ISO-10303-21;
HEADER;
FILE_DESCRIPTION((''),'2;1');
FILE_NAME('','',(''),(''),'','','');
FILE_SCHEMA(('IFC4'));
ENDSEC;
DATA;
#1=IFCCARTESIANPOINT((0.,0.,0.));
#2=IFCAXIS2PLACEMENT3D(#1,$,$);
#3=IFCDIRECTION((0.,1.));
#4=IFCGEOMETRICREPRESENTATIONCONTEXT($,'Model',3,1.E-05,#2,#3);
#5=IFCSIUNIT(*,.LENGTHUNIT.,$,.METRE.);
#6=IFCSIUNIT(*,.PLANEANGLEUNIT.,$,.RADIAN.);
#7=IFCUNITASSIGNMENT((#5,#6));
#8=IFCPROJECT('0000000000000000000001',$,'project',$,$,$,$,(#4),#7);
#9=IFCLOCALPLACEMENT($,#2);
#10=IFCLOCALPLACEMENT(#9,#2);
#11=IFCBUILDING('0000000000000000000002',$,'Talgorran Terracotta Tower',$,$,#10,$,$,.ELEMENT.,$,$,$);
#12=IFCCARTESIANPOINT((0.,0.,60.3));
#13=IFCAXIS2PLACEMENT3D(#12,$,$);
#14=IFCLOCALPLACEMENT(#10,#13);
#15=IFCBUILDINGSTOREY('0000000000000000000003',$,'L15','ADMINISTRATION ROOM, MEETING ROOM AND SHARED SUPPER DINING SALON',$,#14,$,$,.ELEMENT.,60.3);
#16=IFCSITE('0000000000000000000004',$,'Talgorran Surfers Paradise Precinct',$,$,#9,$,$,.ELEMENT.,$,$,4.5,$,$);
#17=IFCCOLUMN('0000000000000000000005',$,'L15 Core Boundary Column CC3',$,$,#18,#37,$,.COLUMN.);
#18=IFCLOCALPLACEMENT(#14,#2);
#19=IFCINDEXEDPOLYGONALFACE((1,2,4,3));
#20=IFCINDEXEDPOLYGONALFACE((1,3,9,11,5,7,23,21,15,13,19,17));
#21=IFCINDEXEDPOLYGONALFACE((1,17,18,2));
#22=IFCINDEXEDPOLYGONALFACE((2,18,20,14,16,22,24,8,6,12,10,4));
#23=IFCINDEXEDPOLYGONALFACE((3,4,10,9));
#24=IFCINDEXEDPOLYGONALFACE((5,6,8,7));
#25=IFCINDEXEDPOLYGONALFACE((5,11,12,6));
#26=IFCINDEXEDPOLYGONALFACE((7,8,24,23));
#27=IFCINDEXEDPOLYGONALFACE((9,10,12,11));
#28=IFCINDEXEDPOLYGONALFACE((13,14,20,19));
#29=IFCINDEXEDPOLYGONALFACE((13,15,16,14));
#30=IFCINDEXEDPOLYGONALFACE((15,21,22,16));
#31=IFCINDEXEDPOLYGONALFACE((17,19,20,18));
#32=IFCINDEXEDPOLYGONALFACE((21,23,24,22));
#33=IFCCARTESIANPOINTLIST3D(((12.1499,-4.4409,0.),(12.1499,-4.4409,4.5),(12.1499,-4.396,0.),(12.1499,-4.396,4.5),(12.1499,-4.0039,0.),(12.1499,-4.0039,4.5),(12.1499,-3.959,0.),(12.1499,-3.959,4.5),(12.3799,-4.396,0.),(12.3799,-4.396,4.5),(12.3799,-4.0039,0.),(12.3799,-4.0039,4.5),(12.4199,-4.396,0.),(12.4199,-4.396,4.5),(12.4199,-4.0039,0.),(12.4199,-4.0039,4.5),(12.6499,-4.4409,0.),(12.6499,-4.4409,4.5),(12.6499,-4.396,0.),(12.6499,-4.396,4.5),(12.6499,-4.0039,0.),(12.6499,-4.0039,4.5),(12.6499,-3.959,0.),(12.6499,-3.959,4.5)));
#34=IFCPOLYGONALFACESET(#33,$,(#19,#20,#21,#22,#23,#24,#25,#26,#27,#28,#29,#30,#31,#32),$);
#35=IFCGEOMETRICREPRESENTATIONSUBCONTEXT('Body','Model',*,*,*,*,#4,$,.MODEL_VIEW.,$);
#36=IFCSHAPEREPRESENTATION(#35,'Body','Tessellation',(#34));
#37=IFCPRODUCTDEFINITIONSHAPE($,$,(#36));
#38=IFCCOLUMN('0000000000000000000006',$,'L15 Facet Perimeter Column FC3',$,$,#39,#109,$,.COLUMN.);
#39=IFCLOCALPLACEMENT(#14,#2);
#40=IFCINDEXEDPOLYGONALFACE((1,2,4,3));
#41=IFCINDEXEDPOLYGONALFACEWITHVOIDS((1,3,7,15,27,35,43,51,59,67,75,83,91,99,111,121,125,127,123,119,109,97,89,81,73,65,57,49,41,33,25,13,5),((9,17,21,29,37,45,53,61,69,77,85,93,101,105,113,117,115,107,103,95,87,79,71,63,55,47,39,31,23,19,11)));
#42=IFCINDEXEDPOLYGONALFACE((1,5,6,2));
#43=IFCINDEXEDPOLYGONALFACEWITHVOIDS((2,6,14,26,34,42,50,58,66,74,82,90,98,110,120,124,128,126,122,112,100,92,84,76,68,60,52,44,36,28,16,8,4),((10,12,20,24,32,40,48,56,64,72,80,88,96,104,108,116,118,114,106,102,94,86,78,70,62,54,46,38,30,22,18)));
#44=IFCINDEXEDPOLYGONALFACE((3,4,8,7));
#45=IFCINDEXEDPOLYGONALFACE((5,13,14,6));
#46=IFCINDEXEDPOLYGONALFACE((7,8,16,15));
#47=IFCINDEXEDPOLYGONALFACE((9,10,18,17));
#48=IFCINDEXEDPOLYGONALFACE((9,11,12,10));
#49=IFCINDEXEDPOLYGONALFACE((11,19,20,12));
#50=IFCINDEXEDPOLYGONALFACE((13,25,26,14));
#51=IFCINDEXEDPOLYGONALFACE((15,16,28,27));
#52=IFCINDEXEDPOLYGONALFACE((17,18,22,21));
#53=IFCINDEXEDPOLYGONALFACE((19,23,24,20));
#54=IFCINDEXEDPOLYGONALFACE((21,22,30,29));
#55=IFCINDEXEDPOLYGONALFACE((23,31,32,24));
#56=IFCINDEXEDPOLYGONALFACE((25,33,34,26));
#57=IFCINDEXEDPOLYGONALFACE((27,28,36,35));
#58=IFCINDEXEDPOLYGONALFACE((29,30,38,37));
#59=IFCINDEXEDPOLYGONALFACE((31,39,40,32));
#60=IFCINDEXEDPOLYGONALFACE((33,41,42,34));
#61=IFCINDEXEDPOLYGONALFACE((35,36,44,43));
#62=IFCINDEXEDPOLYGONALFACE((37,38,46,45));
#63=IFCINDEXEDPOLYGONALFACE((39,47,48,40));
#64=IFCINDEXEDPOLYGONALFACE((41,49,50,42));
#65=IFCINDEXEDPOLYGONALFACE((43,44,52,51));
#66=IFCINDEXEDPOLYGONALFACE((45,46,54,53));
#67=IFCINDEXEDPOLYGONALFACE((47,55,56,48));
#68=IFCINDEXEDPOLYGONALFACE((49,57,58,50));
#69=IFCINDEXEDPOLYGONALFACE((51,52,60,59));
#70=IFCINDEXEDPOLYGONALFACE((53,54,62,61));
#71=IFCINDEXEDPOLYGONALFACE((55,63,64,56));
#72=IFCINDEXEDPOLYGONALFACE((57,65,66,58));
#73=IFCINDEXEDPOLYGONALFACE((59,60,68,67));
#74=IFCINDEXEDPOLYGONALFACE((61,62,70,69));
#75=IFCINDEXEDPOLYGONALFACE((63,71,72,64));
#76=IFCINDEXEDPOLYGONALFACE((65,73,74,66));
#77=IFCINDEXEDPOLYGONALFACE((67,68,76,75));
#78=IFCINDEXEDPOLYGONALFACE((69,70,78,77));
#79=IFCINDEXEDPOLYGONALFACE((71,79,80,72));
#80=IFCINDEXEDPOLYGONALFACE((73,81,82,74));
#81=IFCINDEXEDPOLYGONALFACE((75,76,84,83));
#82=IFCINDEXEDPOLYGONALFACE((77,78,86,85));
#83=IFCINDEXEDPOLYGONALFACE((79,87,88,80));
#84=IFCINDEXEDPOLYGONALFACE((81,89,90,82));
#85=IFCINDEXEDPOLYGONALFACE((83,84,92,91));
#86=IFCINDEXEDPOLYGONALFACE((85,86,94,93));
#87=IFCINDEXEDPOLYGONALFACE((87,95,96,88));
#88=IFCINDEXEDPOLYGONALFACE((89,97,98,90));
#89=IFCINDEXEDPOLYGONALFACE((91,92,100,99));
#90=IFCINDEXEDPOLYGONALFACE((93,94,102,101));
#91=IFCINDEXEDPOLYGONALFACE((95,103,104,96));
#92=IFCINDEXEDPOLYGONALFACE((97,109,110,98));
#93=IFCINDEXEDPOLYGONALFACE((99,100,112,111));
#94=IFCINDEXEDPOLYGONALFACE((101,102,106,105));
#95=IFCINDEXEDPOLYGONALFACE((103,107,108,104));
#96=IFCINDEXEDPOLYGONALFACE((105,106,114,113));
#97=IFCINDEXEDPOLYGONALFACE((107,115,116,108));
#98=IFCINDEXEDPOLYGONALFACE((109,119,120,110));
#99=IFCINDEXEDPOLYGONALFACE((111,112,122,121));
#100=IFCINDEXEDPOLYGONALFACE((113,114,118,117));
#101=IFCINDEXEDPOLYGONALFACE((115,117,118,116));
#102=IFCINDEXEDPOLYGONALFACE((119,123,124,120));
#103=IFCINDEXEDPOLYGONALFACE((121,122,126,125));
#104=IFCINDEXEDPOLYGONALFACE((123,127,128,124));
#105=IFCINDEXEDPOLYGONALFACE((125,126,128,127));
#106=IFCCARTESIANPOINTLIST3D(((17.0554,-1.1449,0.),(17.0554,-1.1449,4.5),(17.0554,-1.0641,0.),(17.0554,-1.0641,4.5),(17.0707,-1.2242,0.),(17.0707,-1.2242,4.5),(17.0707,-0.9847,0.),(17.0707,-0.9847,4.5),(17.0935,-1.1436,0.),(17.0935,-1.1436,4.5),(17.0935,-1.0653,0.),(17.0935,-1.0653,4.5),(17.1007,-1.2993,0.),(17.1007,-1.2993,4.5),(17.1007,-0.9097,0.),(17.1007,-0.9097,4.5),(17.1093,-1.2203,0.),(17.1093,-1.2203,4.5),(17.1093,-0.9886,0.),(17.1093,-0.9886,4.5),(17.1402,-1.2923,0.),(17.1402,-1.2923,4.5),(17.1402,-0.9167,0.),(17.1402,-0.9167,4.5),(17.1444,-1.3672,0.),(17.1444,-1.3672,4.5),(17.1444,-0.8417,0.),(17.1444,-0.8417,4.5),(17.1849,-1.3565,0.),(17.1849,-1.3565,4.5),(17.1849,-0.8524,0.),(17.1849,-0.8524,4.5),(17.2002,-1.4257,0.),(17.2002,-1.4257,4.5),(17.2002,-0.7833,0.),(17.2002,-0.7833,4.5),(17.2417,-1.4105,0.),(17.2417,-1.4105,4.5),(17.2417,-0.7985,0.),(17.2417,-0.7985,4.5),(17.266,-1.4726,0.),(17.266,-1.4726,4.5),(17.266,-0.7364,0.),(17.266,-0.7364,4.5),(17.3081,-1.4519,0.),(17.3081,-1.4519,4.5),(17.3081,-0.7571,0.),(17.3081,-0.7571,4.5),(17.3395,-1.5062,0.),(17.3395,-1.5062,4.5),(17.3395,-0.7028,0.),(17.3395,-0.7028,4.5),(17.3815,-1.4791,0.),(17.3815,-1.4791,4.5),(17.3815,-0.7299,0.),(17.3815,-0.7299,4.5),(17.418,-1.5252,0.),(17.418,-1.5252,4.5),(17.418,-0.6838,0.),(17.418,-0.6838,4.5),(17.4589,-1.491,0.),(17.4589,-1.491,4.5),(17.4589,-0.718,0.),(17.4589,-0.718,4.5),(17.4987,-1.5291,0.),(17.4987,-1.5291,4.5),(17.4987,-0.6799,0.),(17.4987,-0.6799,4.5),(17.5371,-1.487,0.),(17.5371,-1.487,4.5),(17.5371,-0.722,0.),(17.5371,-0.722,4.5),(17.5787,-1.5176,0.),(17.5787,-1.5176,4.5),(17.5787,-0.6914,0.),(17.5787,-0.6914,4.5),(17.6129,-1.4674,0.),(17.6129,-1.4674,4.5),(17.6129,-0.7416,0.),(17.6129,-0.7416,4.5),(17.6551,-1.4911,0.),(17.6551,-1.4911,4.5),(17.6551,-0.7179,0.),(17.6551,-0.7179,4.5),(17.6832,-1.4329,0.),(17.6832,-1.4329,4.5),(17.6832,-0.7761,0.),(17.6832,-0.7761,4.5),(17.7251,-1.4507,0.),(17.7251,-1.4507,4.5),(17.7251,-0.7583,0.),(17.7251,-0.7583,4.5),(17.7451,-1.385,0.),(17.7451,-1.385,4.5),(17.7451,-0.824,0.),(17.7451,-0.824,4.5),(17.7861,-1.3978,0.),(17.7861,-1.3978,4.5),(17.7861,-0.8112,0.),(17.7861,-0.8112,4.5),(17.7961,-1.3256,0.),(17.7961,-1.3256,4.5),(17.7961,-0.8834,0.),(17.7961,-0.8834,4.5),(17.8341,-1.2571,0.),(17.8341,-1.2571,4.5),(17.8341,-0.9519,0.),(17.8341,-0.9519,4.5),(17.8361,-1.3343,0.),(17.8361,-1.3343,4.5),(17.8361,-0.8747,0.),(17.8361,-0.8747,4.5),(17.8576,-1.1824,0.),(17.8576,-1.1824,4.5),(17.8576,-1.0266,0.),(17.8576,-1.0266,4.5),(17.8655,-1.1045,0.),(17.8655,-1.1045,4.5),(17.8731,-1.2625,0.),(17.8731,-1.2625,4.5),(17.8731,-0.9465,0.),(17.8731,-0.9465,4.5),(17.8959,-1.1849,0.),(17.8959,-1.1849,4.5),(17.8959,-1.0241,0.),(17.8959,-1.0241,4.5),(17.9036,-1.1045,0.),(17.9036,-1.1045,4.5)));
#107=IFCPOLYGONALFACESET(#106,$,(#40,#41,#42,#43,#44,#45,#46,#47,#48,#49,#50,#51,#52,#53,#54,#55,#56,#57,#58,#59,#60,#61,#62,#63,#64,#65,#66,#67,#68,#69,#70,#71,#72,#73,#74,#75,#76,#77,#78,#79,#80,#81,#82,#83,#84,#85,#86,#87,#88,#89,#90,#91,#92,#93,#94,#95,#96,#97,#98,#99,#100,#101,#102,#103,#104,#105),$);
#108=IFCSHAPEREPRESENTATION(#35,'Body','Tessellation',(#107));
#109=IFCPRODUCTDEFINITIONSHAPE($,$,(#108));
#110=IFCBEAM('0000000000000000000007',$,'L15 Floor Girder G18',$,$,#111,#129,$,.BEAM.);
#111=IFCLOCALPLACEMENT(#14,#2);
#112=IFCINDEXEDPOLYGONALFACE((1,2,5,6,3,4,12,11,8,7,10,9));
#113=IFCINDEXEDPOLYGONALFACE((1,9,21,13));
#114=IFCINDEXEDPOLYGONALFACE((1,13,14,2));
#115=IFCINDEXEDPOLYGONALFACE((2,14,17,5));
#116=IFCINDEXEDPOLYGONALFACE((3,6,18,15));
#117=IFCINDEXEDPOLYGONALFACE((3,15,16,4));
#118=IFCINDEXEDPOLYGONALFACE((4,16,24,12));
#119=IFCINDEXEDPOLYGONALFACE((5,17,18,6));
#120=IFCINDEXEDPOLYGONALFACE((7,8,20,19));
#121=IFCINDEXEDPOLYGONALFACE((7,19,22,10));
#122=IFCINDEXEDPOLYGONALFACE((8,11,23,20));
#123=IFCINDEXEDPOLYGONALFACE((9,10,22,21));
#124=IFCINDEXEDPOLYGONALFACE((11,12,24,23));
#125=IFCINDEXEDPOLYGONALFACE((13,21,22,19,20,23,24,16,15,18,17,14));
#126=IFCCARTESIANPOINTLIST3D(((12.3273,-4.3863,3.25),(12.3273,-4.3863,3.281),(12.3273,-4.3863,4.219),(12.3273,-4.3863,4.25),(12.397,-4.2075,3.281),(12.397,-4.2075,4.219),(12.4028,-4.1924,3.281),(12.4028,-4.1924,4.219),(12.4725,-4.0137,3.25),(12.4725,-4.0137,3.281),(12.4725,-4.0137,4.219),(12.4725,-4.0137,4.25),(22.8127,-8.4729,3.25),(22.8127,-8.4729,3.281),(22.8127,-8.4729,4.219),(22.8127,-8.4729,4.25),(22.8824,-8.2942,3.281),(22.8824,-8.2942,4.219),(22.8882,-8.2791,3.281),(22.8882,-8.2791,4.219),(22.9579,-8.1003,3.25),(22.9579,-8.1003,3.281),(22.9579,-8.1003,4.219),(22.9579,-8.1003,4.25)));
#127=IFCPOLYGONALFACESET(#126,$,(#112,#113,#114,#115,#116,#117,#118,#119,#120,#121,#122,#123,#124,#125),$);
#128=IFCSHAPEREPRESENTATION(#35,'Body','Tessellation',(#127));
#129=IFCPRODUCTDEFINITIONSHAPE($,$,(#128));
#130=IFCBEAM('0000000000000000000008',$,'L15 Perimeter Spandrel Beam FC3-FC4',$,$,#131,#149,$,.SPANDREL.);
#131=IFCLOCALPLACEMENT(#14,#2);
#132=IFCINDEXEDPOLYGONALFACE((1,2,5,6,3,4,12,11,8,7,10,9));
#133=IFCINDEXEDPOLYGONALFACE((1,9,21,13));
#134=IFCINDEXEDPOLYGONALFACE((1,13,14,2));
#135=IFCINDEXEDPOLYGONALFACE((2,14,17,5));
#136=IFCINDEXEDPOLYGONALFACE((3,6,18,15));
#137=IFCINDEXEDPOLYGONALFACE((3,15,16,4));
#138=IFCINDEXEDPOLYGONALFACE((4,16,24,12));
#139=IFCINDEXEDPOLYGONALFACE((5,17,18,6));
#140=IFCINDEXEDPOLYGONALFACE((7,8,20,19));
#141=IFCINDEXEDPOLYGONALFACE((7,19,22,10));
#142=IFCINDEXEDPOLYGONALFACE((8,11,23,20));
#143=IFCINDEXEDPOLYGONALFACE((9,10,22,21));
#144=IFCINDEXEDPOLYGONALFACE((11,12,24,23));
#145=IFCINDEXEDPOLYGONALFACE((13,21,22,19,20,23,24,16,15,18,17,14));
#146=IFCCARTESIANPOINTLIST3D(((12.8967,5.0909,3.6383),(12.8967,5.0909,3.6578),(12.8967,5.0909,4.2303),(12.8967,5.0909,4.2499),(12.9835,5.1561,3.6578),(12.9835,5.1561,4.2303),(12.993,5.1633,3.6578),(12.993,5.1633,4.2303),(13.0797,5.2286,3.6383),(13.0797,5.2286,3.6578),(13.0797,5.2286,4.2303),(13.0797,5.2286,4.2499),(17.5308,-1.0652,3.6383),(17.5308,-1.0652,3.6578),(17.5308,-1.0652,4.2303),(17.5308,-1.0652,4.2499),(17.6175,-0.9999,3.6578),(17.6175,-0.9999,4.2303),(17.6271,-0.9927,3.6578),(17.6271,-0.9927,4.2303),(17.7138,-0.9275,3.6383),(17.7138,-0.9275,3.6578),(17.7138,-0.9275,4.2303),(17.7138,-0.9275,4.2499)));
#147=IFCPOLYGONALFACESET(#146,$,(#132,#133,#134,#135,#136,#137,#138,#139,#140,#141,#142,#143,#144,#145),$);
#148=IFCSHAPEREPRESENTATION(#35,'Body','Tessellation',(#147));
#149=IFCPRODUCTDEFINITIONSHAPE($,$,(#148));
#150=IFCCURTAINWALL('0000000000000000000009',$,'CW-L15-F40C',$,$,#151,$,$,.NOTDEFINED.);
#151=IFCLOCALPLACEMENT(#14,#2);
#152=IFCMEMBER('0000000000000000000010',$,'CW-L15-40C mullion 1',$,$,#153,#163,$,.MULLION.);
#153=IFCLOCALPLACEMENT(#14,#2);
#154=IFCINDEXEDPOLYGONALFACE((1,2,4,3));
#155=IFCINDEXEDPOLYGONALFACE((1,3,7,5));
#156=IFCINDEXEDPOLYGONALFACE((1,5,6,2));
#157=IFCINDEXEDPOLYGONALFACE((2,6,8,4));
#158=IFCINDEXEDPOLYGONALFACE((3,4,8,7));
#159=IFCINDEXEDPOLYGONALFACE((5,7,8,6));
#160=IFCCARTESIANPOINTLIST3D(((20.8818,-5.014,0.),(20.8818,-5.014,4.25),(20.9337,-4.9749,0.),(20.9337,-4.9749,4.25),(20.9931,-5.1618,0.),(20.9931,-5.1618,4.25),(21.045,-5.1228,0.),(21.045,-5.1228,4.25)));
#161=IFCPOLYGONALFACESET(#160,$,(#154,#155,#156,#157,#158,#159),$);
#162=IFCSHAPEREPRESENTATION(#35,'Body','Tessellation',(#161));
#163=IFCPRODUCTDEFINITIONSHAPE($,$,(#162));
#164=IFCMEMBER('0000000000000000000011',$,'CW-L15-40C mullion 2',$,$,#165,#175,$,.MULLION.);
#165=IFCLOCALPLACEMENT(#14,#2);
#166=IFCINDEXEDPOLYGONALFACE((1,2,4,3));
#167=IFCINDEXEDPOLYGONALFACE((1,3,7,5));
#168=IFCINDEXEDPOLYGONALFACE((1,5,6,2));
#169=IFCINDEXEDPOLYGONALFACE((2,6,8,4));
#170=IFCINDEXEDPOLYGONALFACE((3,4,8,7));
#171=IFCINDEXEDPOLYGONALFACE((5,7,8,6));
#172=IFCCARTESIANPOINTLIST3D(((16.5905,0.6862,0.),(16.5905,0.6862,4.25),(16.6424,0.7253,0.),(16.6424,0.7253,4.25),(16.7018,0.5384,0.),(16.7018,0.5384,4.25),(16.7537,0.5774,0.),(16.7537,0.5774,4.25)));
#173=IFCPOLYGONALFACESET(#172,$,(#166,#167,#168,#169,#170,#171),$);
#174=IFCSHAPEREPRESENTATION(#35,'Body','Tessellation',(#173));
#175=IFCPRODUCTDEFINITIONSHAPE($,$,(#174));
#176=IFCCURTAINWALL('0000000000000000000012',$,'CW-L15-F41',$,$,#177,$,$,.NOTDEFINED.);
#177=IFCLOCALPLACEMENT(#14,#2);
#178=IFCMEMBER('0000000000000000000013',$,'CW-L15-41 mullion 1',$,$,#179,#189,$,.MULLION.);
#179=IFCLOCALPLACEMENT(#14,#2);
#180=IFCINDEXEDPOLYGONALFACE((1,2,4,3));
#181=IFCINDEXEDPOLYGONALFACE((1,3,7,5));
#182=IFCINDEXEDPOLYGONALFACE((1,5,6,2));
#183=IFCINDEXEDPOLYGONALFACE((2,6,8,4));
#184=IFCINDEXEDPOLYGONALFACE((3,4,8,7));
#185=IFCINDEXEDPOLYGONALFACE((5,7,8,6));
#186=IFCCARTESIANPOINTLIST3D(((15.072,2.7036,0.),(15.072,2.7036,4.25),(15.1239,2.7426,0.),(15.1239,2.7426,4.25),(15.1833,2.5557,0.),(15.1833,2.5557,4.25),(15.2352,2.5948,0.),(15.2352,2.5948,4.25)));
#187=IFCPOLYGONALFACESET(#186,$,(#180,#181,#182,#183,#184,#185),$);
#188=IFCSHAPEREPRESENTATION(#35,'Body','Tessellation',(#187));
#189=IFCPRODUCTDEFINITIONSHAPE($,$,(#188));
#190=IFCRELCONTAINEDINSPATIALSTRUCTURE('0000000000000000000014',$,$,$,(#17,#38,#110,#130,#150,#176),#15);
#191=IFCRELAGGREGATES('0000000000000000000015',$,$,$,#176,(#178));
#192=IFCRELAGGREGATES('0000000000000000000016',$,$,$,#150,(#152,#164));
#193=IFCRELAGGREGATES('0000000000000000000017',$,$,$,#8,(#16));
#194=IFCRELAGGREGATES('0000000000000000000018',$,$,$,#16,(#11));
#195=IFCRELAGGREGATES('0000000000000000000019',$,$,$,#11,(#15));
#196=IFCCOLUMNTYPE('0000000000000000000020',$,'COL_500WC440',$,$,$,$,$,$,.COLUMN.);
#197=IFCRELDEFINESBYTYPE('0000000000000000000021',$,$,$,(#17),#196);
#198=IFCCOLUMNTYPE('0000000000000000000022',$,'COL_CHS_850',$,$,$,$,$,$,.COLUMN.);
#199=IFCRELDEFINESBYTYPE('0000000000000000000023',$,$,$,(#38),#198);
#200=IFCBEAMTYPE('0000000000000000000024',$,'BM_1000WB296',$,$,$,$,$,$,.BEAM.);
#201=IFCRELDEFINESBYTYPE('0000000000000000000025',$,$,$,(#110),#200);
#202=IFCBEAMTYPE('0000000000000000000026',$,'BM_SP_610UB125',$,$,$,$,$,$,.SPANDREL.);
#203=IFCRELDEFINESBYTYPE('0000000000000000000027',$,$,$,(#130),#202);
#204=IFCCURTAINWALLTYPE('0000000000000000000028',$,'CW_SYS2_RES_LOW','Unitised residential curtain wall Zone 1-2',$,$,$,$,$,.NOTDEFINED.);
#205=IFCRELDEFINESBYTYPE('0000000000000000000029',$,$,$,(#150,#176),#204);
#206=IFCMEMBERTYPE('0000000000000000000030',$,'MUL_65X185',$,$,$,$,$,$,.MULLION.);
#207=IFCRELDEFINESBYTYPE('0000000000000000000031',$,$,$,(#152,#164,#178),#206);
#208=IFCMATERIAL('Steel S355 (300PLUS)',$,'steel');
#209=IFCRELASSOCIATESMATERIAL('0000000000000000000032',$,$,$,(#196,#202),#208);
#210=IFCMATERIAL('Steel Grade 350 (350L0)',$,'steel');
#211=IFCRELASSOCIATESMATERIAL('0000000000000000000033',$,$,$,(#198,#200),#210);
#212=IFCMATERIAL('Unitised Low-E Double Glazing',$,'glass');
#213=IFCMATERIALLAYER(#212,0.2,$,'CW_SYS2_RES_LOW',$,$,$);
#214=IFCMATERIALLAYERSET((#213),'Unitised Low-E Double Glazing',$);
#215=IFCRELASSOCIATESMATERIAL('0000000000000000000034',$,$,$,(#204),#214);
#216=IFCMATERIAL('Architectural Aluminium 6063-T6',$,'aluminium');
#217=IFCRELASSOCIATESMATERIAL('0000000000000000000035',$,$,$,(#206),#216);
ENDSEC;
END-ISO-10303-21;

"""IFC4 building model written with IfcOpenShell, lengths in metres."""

from ifc_helpers import new_model, si_unit, direction, frame, origin, origin_2d, place, context, subcontext, project, spatial, rectangle, hollow_circle, i_section, extrude, material, layer, layer_set, material_profile, profile_set, type_object, element, aggregate, save


model = new_model("IFC4")

# Units and contexts
model_context = context("Model", 3, precision=1e-05, world=origin(), true_north=direction((0.0, 1.0)))
body_context = subcontext(model_context, "Body", "Model", "MODEL_VIEW")
ifc_project = project(units=[si_unit("LENGTHUNIT", "METRE"), si_unit("PLANEANGLEUNIT", "RADIAN")], contexts=[model_context])

# Site, building, storey
site_placement = place(None, origin())
site = spatial("IfcSite", under=ifc_project, at=site_placement, Name="Talgorran Surfers Paradise Precinct", CompositionType="ELEMENT", RefElevation=4.5)
building_placement = place(site_placement, origin())
building = spatial("IfcBuilding", under=site, at=building_placement, Name="Talgorran Terracotta Tower", CompositionType="ELEMENT")
storey_placement = place(building_placement, frame((0.0, 0.0, 60.3)))
storey = spatial("IfcBuildingStorey", under=building, at=storey_placement, Name="L15", Description="ADMINISTRATION ROOM, MEETING ROOM AND SHARED SUPPER DINING SALON", CompositionType="ELEMENT", Elevation=60.3)

# Columns
ifc_material_1 = material(Name="Steel S355 (300PLUS)", Category="steel")
ifc_material_profile_1 = material_profile(ifc_material_1, i_section(OverallWidth=0.5, OverallDepth=0.4819, WebThickness=0.04, FlangeThickness=0.0449, at=origin_2d()), Name="500WC440")
ifc_profile_set_1 = profile_set([ifc_material_profile_1], Name="Steel S355 (300PLUS)")
column_type_1 = type_object("IfcColumnType", Name="COL_500WC440", PredefinedType="COLUMN", material=ifc_profile_set_1)
column_1_placement = place(storey_placement, frame((12.3999, -4.2, 0.0), z_axis=(0.0, 0.0, 1.0), x_axis=(1.0, 0.0, 0.0)))
element("IfcColumn", 1, at=column_1_placement, inside=storey, type_object=column_type_1, Name="L15 Core Boundary Column CC3", PredefinedType="COLUMN", context=body_context, shape_type="SweptSolid", body=[
    extrude(i_section(OverallWidth=0.5, OverallDepth=0.4819, WebThickness=0.04, FlangeThickness=0.0449, at=origin_2d()), origin(), (0.0, 0.0, 1.0), 4.5),
])
ifc_material_2 = material(Name="Steel Grade 350 (350L0)", Category="steel")
ifc_material_profile_2 = material_profile(ifc_material_2, hollow_circle(Radius=0.425, WallThickness=0.0381, at=origin_2d()), Name="CHS850X38")
ifc_profile_set_2 = profile_set([ifc_material_profile_2], Name="Steel Grade 350 (350L0)")
column_type_2 = type_object("IfcColumnType", Name="COL_CHS_850", PredefinedType="COLUMN", material=ifc_profile_set_2)
column_2_placement = place(storey_placement, frame((17.4785, -1.1045, 0.0), z_axis=(0.0, 0.0, 1.0), x_axis=(1.0, 0.0, 0.0)))
element("IfcColumn", 2, at=column_2_placement, inside=storey, type_object=column_type_2, Name="L15 Facet Perimeter Column FC3", PredefinedType="COLUMN", context=body_context, shape_type="SweptSolid", body=[
    extrude(hollow_circle(Radius=0.425, WallThickness=0.0381, at=origin_2d()), origin(), (0.0, 0.0, 1.0), 4.5),
])

# Beams
ifc_material_profile_3 = material_profile(ifc_material_2, i_section(OverallWidth=0.3999, OverallDepth=1.0, WebThickness=0.0161, FlangeThickness=0.031, at=origin_2d()), Name="1000WB296")
ifc_profile_set_3 = profile_set([ifc_material_profile_3], Name="Steel Grade 350 (350L0)")
beam_type_1 = type_object("IfcBeamType", Name="BM_1000WB296", PredefinedType="BEAM", material=ifc_profile_set_3)
beam_1_placement = place(storey_placement, frame((12.3999, -4.2, 3.75), z_axis=(0.931733, -0.363143, 0.0), x_axis=(0.363143, 0.931733, 0.0)))
element("IfcBeam", 3, at=beam_1_placement, inside=storey, type_object=beam_type_1, Name="L15 Floor Girder G18", PredefinedType="BEAM", context=body_context, shape_type="SweptSolid", body=[
    extrude(i_section(OverallWidth=0.3999, OverallDepth=1.0, WebThickness=0.0161, FlangeThickness=0.031, at=origin_2d()), origin(), (0.0, 0.0, 1.0), 11.2537),
])
ifc_material_profile_4 = material_profile(ifc_material_1, i_section(OverallWidth=0.229, OverallDepth=0.6116, WebThickness=0.012, FlangeThickness=0.0195, at=origin_2d()), Name="610UB125")
ifc_profile_set_4 = profile_set([ifc_material_profile_4], Name="Steel S355 (300PLUS)")
beam_type_2 = type_object("IfcBeamType", Name="BM_SP_610UB125", PredefinedType="SPANDREL", material=ifc_profile_set_4)
beam_2_placement = place(storey_placement, frame((17.6223, -0.9963, 3.9441), z_axis=(-0.601413, 0.798938, 0.0), x_axis=(-0.798938, -0.601413, 0.0)))
element("IfcBeam", 4, at=beam_2_placement, inside=storey, type_object=beam_type_2, Name="L15 Perimeter Spandrel Beam FC3-FC4", PredefinedType="SPANDREL", context=body_context, shape_type="SweptSolid", body=[
    extrude(i_section(OverallWidth=0.229, OverallDepth=0.6116, WebThickness=0.012, FlangeThickness=0.0195, at=origin_2d()), origin(), (0.0, 0.0, 1.0), 7.7053),
])

# Curtain wall, members
ifc_material_3 = material(Name="Unitised Low-E Double Glazing", Category="glass")
ifc_layer_1 = layer(ifc_material_3, 0.2, Name="CW_SYS2_RES_LOW")
ifc_layer_set_1 = layer_set([ifc_layer_1], Name="Unitised Low-E Double Glazing")
curtain_wall_type = type_object("IfcCurtainWallType", Name="CW_SYS2_RES_LOW", Description="Unitised residential curtain wall Zone 1-2", PredefinedType="NOTDEFINED", material=ifc_layer_set_1)
curtain_wall_1_placement = place(storey_placement, origin())
curtain_wall_1 = element("IfcCurtainWall", 5, at=curtain_wall_1_placement, inside=storey, type_object=curtain_wall_type, Name="CW-L15-F40C", PredefinedType="NOTDEFINED")
ifc_material_4 = material(Name="Architectural Aluminium 6063-T6", Category="aluminium")
ifc_material_profile_5 = material_profile(ifc_material_4, rectangle(XDim=0.0649, YDim=0.1851, at=origin_2d()), Name="CWM65X185")
ifc_profile_set_5 = profile_set([ifc_material_profile_5], Name="Architectural Aluminium 6063-T6")
member_type_1 = type_object("IfcMemberType", Name="MUL_65X185", PredefinedType="MULLION", material=ifc_profile_set_5)
member_1_placement = place(storey_placement, frame((20.9634, -5.0684, 0.0), z_axis=(0.0, 0.0, 1.0), x_axis=(-0.798915, -0.601443, 0.0)))
member_1 = element("IfcMember", 6, at=member_1_placement, type_object=member_type_1, Name="CW-L15-40C mullion 1", PredefinedType="MULLION", context=body_context, shape_type="SweptSolid", body=[
    extrude(rectangle(XDim=0.0649, YDim=0.1851, at=origin_2d()), origin(), (0.0, 0.0, 1.0), 4.25),
])
member_2_placement = place(storey_placement, frame((16.6721, 0.6318, 0.0), z_axis=(0.0, 0.0, 1.0), x_axis=(-0.798915, -0.601443, 0.0)))
member_2 = element("IfcMember", 7, at=member_2_placement, type_object=member_type_1, Name="CW-L15-40C mullion 2", PredefinedType="MULLION", context=body_context, shape_type="SweptSolid", body=[
    extrude(rectangle(XDim=0.0649, YDim=0.1851, at=origin_2d()), origin(), (0.0, 0.0, 1.0), 4.25),
])

# Curtain wall, member
curtain_wall_2_placement = place(storey_placement, origin())
curtain_wall_2 = element("IfcCurtainWall", 8, at=curtain_wall_2_placement, inside=storey, type_object=curtain_wall_type, Name="CW-L15-F41", PredefinedType="NOTDEFINED")
member_3_placement = place(storey_placement, frame((15.1536, 2.6492, 0.0), z_axis=(0.0, 0.0, 1.0), x_axis=(-0.798919, -0.601439, 0.0)))
member_3 = element("IfcMember", 9, at=member_3_placement, type_object=member_type_1, Name="CW-L15-41 mullion 1", PredefinedType="MULLION", context=body_context, shape_type="SweptSolid", body=[
    extrude(rectangle(XDim=0.0649, YDim=0.1851, at=origin_2d()), origin(), (0.0, 0.0, 1.0), 4.25),
])

aggregate(curtain_wall_2, [member_3])

aggregate(curtain_wall_1, [member_1, member_2])

save(model, "model.ifc")
